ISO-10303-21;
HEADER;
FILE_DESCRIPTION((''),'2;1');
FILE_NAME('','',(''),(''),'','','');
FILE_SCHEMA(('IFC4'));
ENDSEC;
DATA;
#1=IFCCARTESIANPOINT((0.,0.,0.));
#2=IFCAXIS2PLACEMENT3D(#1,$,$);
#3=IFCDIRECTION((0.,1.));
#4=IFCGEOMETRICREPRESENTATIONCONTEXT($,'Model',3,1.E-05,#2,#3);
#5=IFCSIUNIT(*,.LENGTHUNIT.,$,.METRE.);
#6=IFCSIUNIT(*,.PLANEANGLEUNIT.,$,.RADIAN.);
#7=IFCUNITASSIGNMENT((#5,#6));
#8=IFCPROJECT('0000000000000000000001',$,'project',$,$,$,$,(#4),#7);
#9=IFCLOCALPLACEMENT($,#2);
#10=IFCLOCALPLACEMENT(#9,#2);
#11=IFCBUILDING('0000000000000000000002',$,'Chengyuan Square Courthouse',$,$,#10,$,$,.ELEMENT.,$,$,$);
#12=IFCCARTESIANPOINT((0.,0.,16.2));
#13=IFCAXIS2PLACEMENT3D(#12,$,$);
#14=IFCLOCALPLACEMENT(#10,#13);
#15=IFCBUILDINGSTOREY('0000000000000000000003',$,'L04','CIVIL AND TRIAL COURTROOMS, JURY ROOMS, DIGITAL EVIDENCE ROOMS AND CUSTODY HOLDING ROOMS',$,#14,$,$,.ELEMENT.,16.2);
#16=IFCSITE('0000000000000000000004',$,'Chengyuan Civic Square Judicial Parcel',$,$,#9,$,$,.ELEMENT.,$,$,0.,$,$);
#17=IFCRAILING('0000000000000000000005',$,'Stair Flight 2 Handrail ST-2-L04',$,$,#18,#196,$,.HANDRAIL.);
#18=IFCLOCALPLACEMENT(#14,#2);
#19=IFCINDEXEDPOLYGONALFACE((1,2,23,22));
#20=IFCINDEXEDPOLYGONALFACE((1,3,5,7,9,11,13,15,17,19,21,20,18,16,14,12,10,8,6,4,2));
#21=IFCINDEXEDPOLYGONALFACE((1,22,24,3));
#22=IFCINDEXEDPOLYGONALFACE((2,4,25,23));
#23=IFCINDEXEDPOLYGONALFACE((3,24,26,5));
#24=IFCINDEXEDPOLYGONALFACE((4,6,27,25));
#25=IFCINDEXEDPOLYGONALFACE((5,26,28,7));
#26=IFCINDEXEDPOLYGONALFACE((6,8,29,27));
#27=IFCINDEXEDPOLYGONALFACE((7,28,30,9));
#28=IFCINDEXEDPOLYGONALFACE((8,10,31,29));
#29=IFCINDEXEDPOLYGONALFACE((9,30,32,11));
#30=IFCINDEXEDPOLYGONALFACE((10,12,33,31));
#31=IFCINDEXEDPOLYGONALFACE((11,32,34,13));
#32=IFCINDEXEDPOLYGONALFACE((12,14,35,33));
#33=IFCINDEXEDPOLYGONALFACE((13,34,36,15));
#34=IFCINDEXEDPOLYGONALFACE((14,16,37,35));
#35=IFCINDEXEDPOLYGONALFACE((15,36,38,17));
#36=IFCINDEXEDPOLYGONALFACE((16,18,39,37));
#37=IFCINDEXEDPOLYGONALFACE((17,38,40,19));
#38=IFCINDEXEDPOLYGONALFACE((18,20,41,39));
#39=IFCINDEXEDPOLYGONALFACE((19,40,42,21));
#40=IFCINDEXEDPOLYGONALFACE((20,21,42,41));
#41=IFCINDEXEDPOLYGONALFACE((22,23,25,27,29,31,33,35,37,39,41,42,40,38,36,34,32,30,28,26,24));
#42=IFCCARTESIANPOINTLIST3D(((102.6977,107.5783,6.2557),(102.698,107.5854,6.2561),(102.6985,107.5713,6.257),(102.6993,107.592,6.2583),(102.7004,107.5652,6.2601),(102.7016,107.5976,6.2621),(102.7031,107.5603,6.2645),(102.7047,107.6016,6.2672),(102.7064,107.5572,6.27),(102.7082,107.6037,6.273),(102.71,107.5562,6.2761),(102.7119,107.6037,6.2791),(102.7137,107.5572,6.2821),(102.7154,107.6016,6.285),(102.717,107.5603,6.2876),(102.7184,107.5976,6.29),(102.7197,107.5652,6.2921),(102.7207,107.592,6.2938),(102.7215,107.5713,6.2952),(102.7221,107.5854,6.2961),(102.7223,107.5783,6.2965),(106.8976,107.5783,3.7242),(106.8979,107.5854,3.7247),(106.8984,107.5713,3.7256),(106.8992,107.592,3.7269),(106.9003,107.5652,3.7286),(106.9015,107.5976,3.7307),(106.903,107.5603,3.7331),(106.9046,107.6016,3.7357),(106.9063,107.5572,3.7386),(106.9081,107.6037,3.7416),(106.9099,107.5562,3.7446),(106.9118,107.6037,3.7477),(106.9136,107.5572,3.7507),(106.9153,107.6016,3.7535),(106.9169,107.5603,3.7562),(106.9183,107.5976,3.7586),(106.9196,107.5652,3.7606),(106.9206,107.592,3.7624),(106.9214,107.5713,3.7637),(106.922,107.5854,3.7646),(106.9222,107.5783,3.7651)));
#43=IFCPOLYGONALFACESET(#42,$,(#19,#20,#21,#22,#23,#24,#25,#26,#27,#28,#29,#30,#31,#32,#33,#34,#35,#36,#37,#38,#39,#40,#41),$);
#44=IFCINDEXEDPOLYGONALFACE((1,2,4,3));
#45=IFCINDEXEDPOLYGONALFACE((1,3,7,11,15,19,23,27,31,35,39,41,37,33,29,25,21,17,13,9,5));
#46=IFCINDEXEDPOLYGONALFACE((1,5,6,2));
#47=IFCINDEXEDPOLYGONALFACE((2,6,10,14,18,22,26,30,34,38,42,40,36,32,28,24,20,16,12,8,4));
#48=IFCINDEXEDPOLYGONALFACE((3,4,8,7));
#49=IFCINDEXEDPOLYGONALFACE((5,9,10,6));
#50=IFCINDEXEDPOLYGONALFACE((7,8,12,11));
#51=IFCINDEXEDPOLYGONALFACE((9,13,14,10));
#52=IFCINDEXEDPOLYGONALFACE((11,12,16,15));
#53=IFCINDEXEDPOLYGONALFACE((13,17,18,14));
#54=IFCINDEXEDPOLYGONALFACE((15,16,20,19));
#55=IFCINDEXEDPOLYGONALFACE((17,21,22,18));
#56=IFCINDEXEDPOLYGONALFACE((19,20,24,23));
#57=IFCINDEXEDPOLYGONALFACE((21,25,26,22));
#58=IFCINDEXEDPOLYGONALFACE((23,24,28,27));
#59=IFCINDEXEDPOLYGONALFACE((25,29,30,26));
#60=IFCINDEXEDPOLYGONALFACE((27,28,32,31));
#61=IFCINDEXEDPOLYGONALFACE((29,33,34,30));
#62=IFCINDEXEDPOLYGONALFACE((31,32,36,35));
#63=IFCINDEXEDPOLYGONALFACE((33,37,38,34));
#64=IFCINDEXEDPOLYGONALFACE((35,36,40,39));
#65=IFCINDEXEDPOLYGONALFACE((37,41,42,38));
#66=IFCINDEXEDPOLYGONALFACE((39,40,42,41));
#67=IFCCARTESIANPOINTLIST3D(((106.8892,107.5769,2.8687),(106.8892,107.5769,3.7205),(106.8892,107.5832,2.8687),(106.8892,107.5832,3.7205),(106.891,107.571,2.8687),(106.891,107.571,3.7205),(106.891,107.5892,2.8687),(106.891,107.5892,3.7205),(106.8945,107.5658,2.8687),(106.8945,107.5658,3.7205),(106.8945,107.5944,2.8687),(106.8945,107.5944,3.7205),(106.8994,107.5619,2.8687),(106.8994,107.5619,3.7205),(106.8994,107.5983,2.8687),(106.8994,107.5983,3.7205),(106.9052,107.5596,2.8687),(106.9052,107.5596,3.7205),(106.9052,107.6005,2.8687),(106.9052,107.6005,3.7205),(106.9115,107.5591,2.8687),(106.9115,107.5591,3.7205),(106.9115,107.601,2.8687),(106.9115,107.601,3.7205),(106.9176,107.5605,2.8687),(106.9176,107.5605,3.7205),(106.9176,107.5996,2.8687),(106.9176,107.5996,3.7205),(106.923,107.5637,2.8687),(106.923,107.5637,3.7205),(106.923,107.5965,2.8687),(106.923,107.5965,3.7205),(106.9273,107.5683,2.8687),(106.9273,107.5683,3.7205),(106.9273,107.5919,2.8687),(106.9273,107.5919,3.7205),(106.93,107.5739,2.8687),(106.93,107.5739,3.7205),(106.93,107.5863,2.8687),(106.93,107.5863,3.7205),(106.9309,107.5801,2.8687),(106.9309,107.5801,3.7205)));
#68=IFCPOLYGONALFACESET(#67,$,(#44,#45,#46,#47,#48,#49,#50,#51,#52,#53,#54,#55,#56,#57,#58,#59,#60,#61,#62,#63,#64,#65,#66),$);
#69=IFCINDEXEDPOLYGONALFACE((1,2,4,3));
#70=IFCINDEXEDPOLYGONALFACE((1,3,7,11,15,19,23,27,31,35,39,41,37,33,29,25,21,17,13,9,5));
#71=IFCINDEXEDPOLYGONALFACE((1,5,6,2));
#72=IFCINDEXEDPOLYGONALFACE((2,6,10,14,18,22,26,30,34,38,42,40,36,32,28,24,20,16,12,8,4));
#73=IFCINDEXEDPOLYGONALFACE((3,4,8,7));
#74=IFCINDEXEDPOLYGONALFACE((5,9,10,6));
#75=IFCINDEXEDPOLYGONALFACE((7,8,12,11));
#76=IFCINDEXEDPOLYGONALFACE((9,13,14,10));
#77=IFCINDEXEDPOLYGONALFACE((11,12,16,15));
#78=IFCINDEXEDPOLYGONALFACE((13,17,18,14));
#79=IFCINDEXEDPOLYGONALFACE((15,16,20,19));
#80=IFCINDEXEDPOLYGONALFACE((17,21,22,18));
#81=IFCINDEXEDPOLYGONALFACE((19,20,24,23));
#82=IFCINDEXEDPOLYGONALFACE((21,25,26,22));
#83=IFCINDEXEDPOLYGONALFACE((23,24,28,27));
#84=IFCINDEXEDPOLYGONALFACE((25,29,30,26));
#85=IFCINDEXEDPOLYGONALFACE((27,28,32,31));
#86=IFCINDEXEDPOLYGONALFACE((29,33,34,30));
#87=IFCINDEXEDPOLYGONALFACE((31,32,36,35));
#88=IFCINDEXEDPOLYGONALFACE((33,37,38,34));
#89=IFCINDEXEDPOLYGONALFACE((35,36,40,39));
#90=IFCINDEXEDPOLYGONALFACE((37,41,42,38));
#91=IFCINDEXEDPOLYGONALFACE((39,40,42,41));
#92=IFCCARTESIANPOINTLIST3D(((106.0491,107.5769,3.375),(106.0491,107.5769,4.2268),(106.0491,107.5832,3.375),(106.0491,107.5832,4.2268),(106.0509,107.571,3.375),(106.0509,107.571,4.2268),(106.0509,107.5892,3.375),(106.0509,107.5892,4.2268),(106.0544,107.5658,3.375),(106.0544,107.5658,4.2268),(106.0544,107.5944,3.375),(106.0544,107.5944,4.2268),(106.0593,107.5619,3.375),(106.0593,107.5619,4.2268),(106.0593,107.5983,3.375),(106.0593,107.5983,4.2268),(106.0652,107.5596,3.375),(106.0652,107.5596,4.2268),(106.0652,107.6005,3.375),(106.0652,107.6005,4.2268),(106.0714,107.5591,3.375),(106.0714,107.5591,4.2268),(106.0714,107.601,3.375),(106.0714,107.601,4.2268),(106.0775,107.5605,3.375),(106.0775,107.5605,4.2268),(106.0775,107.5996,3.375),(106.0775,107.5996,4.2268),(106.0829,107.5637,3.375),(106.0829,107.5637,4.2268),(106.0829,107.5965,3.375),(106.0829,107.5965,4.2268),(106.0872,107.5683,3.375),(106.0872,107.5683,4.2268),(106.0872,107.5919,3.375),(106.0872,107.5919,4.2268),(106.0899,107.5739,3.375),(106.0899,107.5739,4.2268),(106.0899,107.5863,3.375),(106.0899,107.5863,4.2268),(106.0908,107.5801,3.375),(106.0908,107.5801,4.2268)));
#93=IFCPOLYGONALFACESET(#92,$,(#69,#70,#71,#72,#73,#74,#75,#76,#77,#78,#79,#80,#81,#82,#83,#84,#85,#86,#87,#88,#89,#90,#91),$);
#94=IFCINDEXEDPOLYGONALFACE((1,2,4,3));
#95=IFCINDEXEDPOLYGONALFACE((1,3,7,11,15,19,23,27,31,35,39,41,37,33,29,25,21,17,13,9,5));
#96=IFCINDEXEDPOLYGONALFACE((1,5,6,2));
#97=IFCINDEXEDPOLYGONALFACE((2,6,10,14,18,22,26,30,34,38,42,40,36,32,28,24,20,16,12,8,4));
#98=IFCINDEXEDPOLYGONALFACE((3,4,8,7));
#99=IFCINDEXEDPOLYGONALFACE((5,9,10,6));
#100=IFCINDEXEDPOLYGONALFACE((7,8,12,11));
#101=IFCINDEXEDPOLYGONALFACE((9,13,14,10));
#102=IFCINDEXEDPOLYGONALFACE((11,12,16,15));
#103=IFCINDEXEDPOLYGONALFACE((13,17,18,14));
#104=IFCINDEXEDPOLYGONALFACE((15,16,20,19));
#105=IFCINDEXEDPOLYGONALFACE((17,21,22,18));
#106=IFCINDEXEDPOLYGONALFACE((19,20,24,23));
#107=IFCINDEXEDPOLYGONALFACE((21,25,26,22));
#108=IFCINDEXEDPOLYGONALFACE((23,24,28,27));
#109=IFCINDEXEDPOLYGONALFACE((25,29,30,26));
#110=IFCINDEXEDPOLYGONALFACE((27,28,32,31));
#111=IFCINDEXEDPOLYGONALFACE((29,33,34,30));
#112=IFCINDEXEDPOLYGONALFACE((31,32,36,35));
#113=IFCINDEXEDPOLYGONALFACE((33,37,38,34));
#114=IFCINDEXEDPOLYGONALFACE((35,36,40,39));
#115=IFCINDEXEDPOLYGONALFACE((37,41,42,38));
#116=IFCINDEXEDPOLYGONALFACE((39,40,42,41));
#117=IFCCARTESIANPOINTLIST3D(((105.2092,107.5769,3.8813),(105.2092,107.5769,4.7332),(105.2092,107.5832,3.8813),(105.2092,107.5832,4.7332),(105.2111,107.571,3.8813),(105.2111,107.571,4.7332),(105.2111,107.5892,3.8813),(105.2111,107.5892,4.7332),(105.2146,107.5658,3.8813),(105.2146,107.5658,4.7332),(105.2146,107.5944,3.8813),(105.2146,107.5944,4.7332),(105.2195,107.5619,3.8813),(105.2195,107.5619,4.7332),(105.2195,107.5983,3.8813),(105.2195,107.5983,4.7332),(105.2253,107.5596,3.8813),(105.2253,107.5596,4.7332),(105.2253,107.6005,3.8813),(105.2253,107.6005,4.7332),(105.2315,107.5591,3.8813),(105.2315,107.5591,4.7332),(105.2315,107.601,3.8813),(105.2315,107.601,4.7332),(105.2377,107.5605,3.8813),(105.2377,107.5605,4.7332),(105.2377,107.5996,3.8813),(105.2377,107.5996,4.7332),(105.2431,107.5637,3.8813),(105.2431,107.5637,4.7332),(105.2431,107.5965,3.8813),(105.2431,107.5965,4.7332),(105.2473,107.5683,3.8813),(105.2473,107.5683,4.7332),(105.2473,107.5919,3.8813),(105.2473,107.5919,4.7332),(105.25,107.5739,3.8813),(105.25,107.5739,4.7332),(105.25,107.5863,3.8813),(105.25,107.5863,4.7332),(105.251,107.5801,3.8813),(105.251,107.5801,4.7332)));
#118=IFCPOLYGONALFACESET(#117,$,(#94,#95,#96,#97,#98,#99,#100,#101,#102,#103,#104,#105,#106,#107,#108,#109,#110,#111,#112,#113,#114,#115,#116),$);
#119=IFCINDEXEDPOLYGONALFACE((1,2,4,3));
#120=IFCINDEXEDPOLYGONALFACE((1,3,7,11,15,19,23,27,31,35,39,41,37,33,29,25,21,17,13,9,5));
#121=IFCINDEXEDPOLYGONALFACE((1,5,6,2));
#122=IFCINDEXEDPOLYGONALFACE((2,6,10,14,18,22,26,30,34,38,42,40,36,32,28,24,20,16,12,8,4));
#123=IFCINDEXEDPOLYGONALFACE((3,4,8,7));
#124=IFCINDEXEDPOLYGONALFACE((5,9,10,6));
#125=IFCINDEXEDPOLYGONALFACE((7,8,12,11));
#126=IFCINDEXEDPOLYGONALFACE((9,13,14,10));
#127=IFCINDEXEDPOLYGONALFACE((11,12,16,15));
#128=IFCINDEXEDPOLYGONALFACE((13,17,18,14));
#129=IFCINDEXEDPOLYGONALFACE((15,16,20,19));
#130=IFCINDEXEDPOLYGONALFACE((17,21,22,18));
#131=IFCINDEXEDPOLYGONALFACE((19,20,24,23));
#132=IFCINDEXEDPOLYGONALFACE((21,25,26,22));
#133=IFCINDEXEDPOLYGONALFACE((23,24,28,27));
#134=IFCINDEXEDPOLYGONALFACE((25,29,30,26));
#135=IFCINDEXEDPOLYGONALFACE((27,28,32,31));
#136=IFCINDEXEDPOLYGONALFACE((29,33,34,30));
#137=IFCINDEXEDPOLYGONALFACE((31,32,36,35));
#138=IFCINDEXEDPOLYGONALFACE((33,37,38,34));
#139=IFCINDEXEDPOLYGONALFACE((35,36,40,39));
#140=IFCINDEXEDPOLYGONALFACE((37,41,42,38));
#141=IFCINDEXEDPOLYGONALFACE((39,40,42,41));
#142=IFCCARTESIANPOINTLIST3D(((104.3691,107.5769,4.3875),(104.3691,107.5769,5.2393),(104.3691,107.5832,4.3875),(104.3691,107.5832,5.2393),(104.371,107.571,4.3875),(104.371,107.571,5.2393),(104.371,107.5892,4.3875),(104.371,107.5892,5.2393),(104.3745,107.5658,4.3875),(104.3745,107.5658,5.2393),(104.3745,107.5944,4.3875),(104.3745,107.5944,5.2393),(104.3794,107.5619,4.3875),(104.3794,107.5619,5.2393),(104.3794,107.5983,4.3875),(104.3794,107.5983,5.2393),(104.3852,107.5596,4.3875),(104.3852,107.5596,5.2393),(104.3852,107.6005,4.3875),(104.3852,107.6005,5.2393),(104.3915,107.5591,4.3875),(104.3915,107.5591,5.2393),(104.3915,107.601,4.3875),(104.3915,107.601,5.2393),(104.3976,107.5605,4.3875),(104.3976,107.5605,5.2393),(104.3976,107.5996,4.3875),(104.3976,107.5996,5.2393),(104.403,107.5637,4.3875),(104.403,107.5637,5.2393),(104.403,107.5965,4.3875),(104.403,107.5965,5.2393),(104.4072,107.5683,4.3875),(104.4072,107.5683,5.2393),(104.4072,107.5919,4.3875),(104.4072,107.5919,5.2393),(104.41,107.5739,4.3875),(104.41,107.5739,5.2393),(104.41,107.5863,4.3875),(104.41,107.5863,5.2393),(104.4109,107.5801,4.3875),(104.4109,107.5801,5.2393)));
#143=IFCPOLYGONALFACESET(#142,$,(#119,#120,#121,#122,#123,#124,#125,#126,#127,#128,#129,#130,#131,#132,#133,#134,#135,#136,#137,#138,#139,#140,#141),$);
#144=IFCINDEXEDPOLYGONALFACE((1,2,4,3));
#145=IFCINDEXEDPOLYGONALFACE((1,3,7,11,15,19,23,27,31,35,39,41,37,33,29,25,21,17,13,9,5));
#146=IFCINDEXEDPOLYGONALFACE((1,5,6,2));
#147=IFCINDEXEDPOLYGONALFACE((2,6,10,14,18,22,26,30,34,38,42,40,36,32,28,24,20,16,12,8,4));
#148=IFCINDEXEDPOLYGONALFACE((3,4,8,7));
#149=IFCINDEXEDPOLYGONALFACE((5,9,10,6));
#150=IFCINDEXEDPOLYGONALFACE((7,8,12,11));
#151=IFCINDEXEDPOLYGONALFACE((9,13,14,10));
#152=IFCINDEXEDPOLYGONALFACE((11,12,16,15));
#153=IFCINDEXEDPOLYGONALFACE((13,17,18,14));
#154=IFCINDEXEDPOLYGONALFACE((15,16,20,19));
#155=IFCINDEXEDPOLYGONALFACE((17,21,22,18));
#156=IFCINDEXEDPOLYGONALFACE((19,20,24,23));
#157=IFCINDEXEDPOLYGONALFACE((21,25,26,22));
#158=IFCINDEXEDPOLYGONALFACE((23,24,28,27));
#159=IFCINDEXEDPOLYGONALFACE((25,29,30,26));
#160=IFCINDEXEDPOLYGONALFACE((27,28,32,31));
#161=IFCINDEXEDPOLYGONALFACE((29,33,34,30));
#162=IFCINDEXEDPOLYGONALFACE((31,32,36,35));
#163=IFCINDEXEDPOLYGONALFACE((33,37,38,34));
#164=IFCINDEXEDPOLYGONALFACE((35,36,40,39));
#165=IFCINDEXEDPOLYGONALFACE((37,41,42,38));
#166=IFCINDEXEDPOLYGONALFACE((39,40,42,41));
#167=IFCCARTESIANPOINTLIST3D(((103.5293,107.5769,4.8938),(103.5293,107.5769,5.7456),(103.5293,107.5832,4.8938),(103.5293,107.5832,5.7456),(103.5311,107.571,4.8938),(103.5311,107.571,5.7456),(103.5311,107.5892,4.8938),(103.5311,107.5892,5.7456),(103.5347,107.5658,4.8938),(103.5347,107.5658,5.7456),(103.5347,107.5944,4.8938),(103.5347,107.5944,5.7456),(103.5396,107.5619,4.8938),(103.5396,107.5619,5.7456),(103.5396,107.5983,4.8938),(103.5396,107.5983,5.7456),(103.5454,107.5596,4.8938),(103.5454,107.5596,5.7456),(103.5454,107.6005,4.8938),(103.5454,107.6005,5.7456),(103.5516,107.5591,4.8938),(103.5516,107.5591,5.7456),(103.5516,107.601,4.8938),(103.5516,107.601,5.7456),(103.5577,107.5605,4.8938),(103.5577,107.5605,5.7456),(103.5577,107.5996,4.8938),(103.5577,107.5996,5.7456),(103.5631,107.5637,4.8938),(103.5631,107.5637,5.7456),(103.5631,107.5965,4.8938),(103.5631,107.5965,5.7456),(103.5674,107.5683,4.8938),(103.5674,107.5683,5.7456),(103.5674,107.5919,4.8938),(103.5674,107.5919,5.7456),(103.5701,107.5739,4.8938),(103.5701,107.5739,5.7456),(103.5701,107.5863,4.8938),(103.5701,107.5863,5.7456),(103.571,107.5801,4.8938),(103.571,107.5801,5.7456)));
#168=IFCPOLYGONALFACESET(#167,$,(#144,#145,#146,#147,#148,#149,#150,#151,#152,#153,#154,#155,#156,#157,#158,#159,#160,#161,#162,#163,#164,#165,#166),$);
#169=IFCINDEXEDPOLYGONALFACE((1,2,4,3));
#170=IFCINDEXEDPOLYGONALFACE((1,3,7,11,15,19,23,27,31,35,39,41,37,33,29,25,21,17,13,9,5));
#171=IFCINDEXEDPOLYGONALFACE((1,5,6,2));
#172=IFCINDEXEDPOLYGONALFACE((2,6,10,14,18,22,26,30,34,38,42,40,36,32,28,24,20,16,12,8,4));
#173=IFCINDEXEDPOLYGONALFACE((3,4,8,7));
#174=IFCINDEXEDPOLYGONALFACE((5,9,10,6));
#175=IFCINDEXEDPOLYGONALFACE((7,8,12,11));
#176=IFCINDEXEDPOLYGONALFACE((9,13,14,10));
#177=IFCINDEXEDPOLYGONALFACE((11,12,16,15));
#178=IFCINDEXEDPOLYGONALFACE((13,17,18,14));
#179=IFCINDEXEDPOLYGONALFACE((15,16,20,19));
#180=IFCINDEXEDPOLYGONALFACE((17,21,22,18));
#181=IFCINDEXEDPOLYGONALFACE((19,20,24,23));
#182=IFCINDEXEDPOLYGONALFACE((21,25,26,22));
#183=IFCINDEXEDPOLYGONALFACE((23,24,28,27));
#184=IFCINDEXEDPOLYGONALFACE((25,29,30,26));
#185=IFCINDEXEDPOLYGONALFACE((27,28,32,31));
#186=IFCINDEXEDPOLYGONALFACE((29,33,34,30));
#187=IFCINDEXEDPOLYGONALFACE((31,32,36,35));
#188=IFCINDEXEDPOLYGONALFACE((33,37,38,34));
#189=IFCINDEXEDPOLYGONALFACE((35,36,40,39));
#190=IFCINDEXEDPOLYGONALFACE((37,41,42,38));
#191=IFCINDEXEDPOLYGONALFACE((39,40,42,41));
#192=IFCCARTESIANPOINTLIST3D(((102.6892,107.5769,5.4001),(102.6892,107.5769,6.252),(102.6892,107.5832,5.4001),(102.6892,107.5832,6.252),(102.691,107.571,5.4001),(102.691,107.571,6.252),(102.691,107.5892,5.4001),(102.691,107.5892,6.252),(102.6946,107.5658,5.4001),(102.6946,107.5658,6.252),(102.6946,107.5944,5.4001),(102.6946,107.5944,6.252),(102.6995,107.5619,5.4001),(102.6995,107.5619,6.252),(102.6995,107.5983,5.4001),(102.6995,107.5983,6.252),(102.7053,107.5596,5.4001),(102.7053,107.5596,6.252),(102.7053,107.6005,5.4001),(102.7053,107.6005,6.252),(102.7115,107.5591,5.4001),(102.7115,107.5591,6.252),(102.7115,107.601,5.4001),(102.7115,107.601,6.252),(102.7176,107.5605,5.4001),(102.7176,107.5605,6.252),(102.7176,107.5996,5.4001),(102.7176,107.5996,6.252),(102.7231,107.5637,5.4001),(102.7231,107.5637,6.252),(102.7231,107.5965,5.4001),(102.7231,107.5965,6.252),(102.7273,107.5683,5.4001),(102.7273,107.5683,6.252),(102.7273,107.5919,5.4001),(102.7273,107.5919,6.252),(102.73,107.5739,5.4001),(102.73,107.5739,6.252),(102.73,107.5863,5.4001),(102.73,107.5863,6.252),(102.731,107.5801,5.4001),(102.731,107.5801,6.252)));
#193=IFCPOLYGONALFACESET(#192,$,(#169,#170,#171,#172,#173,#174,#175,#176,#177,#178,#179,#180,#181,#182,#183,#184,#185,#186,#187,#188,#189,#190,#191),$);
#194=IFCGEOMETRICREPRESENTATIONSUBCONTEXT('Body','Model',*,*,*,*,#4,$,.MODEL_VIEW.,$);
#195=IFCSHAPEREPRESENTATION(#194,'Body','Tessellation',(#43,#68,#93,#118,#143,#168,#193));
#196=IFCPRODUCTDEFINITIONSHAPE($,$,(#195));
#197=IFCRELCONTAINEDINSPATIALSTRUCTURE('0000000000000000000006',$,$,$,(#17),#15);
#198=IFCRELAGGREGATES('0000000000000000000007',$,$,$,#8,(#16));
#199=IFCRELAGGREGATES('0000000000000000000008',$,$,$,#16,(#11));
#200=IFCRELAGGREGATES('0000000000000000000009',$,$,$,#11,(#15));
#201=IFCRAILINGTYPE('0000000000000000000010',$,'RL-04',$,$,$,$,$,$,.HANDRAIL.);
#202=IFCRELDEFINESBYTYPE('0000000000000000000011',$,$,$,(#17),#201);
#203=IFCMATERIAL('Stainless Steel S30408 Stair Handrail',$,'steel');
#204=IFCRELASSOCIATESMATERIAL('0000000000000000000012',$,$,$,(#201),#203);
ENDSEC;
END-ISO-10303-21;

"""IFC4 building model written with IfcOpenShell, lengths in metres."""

from ifc_helpers import new_model, si_unit, direction, frame, origin, origin_2d, place, context, subcontext, project, spatial, circle, extrude, material, type_object, element, save


model = new_model("IFC4")

# Units and contexts
model_context = context("Model", 3, precision=1e-05, world=origin(), true_north=direction((0.0, 1.0)))
body_context = subcontext(model_context, "Body", "Model", "MODEL_VIEW")
ifc_project = project(units=[si_unit("LENGTHUNIT", "METRE"), si_unit("PLANEANGLEUNIT", "RADIAN")], contexts=[model_context])

# Site, building, storey
site_placement = place(None, origin())
site = spatial("IfcSite", under=ifc_project, at=site_placement, Name="Chengyuan Civic Square Judicial Parcel", CompositionType="ELEMENT", RefElevation=0.0)
building_placement = place(site_placement, origin())
building = spatial("IfcBuilding", under=site, at=building_placement, Name="Chengyuan Square Courthouse", CompositionType="ELEMENT")
storey_placement = place(building_placement, frame((0.0, 0.0, 16.2)))
storey = spatial("IfcBuildingStorey", under=building, at=storey_placement, Name="L04", Description="CIVIL AND TRIAL COURTROOMS, JURY ROOMS, DIGITAL EVIDENCE ROOMS AND CUSTODY HOLDING ROOMS", CompositionType="ELEMENT", Elevation=16.2)

# Railing
ifc_material_1 = material(Name="Stainless Steel S30408 Stair Handrail", Category="steel")
railing_type = type_object("IfcRailingType", Name="RL-04", PredefinedType="HANDRAIL", material=ifc_material_1)
railing_placement = place(storey_placement, frame((106.9099, 107.5801, 2.8687)))
element("IfcRailing", 1, at=railing_placement, inside=storey, type_object=railing_type, Name="Stair Flight 2 Handrail ST-2-L04", PredefinedType="HANDRAIL", context=body_context, shape_type="SweptSolid", body=[
    extrude(circle(Radius=0.0239, at=origin_2d()), frame((0.0, 0.0, 0.876), z_axis=(-0.856454, 0.0, 0.516223), x_axis=(0.0, -1.0, 0.0)), (0.0, 0.0, 1.0), 4.9038),
    extrude(circle(Radius=0.021, at=origin_2d()), origin(), (0.0, 0.0, 1.0), 0.8518),
    extrude(circle(Radius=0.021, at=origin_2d()), frame((-0.8401, 0.0, 0.5063)), (0.0, 0.0, 1.0), 0.8518),
    extrude(circle(Radius=0.021, at=origin_2d()), frame((-1.6799, 0.0, 1.0127)), (0.0, 0.0, 1.0), 0.8518),
    extrude(circle(Radius=0.021, at=origin_2d()), frame((-2.52, 0.0, 1.5188)), (0.0, 0.0, 1.0), 0.8518),
    extrude(circle(Radius=0.021, at=origin_2d()), frame((-3.3599, 0.0, 2.0251)), (0.0, 0.0, 1.0), 0.8518),
    extrude(circle(Radius=0.021, at=origin_2d()), frame((-4.2, 0.0, 2.5315)), (0.0, 0.0, 1.0), 0.8518),
])

save(model, "model.ifc")
